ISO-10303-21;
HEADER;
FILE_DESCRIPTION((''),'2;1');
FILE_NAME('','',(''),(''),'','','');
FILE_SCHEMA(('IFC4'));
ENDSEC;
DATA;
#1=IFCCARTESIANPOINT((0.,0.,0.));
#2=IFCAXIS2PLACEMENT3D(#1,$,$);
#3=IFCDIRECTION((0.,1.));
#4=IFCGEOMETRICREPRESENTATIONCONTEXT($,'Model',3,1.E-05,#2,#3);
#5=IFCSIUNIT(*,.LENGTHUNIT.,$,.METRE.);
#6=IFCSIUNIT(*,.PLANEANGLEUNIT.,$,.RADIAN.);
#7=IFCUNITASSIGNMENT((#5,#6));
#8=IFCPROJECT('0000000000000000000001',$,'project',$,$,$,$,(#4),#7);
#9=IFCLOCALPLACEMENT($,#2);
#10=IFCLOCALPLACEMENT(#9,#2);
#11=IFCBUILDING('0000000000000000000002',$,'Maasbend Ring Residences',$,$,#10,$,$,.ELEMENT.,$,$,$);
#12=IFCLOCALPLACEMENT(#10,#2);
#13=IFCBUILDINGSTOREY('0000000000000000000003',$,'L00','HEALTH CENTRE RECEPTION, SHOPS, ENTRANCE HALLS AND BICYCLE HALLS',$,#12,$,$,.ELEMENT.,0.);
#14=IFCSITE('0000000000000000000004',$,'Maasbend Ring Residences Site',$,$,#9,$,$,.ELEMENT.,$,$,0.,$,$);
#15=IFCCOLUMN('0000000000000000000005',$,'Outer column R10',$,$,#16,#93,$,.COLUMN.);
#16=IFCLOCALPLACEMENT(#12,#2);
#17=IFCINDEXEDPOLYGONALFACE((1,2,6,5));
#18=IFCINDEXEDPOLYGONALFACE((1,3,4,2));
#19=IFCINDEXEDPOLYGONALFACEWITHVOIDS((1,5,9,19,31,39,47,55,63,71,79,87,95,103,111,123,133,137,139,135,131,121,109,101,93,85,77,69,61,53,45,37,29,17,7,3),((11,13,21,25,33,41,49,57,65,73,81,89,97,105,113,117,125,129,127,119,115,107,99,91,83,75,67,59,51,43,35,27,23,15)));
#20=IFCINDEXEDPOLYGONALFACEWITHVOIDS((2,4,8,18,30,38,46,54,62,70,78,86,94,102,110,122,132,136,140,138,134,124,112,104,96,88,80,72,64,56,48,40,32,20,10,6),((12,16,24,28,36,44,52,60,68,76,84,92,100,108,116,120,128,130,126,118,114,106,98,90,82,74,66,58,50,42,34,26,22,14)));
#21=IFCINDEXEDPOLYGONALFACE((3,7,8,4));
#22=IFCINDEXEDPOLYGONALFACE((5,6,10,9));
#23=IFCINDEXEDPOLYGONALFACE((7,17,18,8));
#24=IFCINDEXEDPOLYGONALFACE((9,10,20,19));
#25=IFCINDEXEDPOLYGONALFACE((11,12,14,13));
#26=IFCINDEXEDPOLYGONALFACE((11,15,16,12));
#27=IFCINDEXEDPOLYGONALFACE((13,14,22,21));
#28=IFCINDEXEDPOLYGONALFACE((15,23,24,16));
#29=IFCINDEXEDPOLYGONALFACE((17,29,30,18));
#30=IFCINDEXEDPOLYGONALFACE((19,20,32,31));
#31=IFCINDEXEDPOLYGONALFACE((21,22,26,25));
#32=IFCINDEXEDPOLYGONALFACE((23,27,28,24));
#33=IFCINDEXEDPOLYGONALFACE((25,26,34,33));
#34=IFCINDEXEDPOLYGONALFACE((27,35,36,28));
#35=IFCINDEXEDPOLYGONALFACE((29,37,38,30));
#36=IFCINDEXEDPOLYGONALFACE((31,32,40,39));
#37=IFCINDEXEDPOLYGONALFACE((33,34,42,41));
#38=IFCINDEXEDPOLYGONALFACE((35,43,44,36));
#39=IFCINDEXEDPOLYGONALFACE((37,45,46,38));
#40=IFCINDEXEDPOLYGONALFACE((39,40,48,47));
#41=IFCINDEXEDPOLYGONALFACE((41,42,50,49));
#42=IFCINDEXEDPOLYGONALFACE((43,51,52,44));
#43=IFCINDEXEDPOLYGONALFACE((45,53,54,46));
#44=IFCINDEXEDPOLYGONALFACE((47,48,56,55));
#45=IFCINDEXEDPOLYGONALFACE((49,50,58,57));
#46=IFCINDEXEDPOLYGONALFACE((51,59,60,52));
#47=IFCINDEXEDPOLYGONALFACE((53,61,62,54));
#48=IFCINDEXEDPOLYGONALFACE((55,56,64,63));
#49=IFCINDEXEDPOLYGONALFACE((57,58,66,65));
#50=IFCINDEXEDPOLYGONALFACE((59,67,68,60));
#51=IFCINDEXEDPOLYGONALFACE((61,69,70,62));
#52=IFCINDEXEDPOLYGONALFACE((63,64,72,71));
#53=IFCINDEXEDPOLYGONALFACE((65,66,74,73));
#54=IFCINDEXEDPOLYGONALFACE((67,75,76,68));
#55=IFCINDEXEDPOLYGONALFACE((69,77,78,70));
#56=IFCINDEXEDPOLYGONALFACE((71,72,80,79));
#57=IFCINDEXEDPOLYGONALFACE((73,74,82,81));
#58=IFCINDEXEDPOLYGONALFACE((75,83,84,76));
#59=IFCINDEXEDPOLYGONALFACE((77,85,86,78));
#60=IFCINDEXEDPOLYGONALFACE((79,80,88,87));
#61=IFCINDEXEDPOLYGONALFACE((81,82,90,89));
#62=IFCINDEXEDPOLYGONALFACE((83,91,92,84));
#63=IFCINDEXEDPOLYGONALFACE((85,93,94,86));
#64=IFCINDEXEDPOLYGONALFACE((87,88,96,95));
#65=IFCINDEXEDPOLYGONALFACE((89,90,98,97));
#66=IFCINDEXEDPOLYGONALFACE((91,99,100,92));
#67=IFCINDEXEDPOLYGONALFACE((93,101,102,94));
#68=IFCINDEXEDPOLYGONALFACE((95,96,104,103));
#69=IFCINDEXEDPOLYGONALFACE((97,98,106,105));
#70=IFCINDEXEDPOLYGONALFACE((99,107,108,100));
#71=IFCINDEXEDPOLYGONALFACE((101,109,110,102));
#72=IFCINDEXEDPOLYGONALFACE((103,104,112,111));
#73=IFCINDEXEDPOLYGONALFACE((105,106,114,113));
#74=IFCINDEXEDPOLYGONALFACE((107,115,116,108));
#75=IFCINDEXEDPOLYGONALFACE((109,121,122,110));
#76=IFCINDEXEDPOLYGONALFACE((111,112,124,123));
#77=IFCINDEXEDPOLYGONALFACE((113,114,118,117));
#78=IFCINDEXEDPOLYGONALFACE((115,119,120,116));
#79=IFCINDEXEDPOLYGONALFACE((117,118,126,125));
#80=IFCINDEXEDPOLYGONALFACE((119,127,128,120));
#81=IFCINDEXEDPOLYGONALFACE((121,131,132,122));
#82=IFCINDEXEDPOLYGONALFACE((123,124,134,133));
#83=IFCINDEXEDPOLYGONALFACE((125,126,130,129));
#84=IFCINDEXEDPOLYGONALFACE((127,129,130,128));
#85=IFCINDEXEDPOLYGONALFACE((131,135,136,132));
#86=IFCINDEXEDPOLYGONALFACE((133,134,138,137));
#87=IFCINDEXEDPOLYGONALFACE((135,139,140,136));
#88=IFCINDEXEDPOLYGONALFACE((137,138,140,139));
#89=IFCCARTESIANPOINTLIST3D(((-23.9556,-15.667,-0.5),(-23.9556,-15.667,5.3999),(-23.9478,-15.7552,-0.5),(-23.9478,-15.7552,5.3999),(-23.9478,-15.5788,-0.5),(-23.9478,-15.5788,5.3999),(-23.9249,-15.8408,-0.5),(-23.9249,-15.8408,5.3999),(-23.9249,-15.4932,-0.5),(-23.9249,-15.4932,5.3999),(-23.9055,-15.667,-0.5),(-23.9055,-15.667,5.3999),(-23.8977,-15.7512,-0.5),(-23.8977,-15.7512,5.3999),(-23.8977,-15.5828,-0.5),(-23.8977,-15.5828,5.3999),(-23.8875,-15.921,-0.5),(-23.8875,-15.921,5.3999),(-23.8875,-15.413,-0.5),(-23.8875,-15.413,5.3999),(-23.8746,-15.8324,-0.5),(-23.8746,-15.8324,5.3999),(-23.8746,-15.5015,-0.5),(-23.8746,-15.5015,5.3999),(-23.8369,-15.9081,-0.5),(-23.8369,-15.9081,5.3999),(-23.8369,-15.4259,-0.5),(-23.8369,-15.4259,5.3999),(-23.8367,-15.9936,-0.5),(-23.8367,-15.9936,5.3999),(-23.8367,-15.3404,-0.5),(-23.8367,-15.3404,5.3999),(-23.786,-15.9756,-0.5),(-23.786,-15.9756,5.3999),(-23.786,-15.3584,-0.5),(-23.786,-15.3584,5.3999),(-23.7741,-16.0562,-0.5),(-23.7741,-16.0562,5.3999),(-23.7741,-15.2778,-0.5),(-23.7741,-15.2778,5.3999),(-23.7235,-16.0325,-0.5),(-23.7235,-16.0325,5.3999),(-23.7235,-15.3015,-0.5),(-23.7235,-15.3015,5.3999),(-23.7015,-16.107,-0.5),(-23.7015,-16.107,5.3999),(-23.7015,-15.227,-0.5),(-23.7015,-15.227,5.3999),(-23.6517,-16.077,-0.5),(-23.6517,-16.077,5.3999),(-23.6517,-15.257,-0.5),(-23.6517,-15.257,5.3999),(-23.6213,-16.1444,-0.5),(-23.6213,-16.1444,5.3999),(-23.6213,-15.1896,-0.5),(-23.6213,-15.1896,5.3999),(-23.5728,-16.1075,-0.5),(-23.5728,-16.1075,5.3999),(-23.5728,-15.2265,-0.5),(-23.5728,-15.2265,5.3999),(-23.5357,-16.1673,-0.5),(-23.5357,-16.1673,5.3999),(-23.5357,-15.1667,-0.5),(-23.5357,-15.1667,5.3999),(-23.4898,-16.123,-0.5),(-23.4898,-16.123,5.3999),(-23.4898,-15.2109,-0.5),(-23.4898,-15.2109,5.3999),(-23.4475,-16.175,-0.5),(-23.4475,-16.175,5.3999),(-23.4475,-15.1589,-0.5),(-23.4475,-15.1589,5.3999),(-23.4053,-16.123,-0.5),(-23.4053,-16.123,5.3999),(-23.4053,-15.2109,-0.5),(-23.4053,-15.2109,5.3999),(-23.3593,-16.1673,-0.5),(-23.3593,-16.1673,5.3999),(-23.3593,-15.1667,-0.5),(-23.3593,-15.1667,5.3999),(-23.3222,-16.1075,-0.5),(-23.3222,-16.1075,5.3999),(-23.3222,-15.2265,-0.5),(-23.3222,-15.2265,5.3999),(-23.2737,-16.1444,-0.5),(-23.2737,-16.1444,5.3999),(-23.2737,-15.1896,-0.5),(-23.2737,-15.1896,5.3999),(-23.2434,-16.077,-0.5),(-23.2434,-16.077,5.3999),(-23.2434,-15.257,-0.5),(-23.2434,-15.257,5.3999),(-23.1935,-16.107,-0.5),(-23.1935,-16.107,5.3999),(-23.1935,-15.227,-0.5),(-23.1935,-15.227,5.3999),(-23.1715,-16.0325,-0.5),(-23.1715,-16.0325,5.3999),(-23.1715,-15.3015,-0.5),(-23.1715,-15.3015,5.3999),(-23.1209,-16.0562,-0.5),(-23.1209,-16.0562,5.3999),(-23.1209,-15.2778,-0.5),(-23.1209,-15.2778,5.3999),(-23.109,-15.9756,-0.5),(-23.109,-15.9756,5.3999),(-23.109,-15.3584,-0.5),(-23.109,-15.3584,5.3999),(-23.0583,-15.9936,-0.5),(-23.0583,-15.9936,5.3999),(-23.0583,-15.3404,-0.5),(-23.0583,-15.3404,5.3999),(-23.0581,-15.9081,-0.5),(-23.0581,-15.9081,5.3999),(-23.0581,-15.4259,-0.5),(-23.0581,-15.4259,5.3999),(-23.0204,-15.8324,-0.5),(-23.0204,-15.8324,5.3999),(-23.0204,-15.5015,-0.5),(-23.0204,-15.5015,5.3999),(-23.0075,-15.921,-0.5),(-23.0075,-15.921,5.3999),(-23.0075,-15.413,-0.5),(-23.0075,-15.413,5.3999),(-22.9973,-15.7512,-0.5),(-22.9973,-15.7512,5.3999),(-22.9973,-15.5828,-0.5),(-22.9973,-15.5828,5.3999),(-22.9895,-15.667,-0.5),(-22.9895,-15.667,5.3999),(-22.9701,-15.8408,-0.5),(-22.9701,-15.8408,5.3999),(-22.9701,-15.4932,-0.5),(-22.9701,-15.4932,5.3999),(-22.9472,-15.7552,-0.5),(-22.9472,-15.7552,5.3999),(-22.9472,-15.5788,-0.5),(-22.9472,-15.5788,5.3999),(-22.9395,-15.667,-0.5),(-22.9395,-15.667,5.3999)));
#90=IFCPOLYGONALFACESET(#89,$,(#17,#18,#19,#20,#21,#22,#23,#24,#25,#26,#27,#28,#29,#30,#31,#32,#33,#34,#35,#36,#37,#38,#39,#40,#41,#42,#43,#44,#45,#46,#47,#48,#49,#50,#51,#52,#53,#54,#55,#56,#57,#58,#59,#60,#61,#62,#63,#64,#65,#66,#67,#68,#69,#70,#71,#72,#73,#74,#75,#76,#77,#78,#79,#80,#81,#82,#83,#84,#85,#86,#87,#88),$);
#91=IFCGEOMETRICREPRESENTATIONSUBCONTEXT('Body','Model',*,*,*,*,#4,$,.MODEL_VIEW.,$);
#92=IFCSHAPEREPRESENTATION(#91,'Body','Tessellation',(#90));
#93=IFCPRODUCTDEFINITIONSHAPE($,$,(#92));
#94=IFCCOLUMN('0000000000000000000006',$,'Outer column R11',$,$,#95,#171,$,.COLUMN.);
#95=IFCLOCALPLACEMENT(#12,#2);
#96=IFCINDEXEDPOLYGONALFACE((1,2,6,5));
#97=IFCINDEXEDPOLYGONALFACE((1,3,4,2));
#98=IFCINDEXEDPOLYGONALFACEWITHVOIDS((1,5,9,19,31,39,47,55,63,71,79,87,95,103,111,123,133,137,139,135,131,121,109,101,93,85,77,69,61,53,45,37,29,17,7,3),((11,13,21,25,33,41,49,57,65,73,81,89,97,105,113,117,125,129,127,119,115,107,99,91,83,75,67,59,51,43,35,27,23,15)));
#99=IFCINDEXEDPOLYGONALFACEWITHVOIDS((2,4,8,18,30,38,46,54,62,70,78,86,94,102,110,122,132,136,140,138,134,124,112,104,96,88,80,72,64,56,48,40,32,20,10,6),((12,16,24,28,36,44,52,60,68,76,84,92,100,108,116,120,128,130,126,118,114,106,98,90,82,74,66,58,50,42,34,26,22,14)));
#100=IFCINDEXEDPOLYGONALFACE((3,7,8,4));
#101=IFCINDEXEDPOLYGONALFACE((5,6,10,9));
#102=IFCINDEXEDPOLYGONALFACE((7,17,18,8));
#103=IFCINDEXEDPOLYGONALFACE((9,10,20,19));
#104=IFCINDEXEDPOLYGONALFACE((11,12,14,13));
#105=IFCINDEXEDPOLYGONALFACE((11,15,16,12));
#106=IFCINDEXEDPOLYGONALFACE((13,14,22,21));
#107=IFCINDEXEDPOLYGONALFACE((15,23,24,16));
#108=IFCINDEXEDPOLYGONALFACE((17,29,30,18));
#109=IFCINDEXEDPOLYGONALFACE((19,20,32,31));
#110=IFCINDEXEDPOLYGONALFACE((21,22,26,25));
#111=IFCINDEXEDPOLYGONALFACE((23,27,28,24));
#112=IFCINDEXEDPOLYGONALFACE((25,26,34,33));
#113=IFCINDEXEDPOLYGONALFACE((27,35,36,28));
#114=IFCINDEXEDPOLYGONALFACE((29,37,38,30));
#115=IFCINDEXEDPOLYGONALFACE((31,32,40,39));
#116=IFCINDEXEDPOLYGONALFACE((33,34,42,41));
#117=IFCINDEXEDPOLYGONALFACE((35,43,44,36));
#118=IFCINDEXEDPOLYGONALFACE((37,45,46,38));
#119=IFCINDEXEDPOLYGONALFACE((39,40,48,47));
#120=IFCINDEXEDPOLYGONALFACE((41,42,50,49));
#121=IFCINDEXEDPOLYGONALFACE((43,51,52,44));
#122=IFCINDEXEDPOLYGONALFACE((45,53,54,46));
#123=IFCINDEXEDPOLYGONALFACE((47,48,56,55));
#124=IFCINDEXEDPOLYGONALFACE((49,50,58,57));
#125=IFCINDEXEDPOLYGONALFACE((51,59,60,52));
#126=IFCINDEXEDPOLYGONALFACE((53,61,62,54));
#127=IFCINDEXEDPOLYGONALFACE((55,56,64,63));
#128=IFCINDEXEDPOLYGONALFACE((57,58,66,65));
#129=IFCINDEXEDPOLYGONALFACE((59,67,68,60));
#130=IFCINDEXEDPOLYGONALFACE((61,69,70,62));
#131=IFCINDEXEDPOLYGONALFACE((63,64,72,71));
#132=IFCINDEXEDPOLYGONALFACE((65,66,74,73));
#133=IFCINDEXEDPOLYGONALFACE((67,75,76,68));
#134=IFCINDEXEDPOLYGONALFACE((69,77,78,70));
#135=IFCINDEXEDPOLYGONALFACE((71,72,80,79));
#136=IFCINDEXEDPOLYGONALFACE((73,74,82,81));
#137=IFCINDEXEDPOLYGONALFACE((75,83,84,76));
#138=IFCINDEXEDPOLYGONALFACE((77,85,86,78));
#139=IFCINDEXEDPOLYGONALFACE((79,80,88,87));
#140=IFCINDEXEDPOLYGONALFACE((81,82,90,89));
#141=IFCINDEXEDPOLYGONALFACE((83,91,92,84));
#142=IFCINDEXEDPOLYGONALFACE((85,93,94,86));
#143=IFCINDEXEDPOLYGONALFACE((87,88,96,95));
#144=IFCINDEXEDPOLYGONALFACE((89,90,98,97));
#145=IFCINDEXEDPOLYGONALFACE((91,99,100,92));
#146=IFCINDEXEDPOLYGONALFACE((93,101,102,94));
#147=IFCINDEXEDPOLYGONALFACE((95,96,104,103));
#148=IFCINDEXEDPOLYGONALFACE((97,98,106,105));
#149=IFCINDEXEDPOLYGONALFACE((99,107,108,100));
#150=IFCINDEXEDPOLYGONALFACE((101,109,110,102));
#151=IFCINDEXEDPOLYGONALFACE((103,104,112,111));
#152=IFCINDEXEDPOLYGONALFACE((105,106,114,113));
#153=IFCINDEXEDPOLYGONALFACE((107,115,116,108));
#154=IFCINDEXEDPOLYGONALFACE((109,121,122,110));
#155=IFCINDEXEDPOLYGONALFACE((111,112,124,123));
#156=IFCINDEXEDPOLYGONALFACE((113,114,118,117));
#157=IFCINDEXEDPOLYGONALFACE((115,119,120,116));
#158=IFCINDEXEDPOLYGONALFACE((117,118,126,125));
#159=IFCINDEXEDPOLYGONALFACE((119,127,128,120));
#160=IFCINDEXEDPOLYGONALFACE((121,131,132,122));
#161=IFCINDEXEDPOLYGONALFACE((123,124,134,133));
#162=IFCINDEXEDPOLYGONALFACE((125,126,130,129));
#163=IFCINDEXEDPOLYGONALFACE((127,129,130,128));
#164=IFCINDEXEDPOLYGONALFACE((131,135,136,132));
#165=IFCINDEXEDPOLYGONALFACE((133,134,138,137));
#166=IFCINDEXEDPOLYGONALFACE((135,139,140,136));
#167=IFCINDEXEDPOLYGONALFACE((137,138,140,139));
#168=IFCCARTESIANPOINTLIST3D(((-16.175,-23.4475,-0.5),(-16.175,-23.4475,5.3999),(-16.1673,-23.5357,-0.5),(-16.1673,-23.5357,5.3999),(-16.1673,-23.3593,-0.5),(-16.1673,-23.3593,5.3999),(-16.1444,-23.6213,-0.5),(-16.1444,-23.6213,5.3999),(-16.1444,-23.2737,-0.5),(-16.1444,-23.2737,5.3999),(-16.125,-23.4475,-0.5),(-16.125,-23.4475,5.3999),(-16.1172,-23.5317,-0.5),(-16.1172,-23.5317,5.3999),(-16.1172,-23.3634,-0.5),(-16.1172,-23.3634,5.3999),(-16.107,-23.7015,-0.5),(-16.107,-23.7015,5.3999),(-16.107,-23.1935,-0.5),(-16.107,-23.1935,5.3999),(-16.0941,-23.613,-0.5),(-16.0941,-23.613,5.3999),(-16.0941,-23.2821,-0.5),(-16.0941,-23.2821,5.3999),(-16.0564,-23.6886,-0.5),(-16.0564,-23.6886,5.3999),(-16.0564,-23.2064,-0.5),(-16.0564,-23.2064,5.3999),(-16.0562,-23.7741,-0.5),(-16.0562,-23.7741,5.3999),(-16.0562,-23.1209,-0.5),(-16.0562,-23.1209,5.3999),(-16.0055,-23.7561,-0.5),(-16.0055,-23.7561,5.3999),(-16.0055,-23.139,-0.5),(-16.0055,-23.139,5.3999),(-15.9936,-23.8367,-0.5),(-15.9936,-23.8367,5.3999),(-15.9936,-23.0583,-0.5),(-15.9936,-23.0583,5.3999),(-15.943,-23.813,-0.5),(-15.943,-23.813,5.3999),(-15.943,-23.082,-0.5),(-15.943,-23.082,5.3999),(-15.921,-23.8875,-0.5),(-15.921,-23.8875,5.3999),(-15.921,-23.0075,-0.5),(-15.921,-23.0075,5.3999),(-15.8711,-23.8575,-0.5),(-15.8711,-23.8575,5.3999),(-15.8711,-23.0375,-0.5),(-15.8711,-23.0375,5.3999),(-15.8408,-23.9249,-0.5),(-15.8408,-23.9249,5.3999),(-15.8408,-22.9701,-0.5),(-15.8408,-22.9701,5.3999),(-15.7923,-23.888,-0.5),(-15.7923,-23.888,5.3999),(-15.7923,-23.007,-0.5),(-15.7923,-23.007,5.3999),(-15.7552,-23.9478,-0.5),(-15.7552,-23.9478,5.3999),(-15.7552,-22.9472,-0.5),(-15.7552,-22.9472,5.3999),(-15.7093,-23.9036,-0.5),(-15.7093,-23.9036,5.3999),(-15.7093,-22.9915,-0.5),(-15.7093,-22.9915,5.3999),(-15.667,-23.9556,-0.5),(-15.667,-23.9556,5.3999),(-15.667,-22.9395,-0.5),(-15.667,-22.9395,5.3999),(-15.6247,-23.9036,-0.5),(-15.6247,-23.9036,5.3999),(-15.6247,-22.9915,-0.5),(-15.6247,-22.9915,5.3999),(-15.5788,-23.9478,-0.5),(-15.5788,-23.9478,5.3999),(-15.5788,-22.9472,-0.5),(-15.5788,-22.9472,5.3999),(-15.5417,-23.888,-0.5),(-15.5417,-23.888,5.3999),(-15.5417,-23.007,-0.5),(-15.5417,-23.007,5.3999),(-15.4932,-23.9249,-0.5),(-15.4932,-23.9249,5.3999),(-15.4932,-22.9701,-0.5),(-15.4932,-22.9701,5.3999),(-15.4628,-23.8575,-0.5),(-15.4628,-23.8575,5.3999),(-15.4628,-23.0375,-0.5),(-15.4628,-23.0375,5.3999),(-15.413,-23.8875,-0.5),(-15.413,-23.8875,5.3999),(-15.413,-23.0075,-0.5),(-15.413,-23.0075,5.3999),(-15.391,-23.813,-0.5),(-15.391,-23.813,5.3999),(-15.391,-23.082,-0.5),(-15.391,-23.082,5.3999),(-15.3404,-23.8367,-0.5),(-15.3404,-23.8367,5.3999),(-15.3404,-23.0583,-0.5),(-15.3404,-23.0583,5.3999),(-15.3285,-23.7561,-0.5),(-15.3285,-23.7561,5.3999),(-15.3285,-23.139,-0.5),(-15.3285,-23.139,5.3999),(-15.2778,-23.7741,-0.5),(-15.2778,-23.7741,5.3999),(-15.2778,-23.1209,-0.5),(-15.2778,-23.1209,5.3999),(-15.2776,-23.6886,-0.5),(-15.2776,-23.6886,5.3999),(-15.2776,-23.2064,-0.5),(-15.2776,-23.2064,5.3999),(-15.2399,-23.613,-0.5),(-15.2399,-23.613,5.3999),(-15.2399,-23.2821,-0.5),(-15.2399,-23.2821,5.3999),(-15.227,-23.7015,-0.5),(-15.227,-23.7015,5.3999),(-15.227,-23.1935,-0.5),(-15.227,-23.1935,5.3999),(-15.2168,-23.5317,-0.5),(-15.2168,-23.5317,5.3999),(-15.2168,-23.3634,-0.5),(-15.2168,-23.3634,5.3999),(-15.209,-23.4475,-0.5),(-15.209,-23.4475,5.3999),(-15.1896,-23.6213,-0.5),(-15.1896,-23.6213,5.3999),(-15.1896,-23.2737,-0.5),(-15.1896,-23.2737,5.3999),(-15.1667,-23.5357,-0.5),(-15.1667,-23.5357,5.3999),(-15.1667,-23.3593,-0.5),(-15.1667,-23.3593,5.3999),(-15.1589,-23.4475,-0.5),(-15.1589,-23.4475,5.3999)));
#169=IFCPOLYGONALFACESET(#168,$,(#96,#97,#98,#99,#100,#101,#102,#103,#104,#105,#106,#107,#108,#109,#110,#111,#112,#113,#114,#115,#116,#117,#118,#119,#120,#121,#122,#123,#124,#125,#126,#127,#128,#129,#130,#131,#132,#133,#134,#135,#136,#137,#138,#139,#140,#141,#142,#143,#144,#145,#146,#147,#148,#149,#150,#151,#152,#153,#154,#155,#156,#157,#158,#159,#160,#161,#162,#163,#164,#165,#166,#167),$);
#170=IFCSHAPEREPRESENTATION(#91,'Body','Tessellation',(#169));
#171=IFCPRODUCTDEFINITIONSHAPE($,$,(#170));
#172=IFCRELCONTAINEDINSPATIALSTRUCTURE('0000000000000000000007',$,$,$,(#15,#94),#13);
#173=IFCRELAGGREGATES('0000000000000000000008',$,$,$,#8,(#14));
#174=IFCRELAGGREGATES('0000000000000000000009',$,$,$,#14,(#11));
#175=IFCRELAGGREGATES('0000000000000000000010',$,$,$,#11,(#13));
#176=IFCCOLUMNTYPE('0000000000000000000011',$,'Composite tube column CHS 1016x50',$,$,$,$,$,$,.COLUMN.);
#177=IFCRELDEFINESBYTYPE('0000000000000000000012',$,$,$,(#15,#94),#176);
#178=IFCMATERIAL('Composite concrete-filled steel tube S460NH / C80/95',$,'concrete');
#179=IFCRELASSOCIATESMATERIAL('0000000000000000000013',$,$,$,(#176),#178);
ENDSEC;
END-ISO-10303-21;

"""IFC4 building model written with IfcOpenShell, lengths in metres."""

from ifc_helpers import new_model, si_unit, direction, frame, origin, origin_2d, place, context, subcontext, project, spatial, hollow_circle, extrude, material, material_profile, profile_set, type_object, element, save


model = new_model("IFC4")

# Units and contexts
model_context = context("Model", 3, precision=1e-05, world=origin(), true_north=direction((0.0, 1.0)))
body_context = subcontext(model_context, "Body", "Model", "MODEL_VIEW")
ifc_project = project(units=[si_unit("LENGTHUNIT", "METRE"), si_unit("PLANEANGLEUNIT", "RADIAN")], contexts=[model_context])

# Site, building, storey
site_placement = place(None, origin())
site = spatial("IfcSite", under=ifc_project, at=site_placement, Name="Maasbend Ring Residences Site", CompositionType="ELEMENT", RefElevation=0.0)
building_placement = place(site_placement, origin())
building = spatial("IfcBuilding", under=site, at=building_placement, Name="Maasbend Ring Residences", CompositionType="ELEMENT")
storey_placement = place(building_placement, origin())
storey = spatial("IfcBuildingStorey", under=building, at=storey_placement, Name="L00", Description="HEALTH CENTRE RECEPTION, SHOPS, ENTRANCE HALLS AND BICYCLE HALLS", CompositionType="ELEMENT", Elevation=0.0)

# Columns
ifc_material_1 = material(Name="Composite concrete-filled steel tube S460NH / C80/95", Category="concrete")
ifc_material_profile_1 = material_profile(ifc_material_1, hollow_circle(Radius=0.5081, WallThickness=0.05, at=origin_2d()), Name="Composite tube column CHS 1016x50")
ifc_profile_set_1 = profile_set([ifc_material_profile_1], Name="Composite concrete-filled steel tube S460NH / C80/95")
column_type_1 = type_object("IfcColumnType", Name="Composite tube column CHS 1016x50", PredefinedType="COLUMN", material=ifc_profile_set_1)
for number, where, z_axis, x_axis, name in (
    (1, (-23.4475, -15.667, -0.5), (0.0, 0.0, 1.0), (1.0, 0.0, 0.0), "Outer column R10"),
    (2, (-15.667, -23.4475, -0.5), (0.0, 0.0, 1.0), (1.0, 0.0, 0.0), "Outer column R11"),
):
    element("IfcColumn", number, at=place(storey_placement, frame(where, z_axis=z_axis, x_axis=x_axis)), inside=storey, type_object=column_type_1, Name=name, PredefinedType="COLUMN", context=body_context, shape_type="SweptSolid", body=[
        extrude(hollow_circle(Radius=0.5081, WallThickness=0.05, at=origin_2d()), origin(), (0.0, 0.0, 1.0), 5.8999),
    ])

save(model, "model.ifc")
